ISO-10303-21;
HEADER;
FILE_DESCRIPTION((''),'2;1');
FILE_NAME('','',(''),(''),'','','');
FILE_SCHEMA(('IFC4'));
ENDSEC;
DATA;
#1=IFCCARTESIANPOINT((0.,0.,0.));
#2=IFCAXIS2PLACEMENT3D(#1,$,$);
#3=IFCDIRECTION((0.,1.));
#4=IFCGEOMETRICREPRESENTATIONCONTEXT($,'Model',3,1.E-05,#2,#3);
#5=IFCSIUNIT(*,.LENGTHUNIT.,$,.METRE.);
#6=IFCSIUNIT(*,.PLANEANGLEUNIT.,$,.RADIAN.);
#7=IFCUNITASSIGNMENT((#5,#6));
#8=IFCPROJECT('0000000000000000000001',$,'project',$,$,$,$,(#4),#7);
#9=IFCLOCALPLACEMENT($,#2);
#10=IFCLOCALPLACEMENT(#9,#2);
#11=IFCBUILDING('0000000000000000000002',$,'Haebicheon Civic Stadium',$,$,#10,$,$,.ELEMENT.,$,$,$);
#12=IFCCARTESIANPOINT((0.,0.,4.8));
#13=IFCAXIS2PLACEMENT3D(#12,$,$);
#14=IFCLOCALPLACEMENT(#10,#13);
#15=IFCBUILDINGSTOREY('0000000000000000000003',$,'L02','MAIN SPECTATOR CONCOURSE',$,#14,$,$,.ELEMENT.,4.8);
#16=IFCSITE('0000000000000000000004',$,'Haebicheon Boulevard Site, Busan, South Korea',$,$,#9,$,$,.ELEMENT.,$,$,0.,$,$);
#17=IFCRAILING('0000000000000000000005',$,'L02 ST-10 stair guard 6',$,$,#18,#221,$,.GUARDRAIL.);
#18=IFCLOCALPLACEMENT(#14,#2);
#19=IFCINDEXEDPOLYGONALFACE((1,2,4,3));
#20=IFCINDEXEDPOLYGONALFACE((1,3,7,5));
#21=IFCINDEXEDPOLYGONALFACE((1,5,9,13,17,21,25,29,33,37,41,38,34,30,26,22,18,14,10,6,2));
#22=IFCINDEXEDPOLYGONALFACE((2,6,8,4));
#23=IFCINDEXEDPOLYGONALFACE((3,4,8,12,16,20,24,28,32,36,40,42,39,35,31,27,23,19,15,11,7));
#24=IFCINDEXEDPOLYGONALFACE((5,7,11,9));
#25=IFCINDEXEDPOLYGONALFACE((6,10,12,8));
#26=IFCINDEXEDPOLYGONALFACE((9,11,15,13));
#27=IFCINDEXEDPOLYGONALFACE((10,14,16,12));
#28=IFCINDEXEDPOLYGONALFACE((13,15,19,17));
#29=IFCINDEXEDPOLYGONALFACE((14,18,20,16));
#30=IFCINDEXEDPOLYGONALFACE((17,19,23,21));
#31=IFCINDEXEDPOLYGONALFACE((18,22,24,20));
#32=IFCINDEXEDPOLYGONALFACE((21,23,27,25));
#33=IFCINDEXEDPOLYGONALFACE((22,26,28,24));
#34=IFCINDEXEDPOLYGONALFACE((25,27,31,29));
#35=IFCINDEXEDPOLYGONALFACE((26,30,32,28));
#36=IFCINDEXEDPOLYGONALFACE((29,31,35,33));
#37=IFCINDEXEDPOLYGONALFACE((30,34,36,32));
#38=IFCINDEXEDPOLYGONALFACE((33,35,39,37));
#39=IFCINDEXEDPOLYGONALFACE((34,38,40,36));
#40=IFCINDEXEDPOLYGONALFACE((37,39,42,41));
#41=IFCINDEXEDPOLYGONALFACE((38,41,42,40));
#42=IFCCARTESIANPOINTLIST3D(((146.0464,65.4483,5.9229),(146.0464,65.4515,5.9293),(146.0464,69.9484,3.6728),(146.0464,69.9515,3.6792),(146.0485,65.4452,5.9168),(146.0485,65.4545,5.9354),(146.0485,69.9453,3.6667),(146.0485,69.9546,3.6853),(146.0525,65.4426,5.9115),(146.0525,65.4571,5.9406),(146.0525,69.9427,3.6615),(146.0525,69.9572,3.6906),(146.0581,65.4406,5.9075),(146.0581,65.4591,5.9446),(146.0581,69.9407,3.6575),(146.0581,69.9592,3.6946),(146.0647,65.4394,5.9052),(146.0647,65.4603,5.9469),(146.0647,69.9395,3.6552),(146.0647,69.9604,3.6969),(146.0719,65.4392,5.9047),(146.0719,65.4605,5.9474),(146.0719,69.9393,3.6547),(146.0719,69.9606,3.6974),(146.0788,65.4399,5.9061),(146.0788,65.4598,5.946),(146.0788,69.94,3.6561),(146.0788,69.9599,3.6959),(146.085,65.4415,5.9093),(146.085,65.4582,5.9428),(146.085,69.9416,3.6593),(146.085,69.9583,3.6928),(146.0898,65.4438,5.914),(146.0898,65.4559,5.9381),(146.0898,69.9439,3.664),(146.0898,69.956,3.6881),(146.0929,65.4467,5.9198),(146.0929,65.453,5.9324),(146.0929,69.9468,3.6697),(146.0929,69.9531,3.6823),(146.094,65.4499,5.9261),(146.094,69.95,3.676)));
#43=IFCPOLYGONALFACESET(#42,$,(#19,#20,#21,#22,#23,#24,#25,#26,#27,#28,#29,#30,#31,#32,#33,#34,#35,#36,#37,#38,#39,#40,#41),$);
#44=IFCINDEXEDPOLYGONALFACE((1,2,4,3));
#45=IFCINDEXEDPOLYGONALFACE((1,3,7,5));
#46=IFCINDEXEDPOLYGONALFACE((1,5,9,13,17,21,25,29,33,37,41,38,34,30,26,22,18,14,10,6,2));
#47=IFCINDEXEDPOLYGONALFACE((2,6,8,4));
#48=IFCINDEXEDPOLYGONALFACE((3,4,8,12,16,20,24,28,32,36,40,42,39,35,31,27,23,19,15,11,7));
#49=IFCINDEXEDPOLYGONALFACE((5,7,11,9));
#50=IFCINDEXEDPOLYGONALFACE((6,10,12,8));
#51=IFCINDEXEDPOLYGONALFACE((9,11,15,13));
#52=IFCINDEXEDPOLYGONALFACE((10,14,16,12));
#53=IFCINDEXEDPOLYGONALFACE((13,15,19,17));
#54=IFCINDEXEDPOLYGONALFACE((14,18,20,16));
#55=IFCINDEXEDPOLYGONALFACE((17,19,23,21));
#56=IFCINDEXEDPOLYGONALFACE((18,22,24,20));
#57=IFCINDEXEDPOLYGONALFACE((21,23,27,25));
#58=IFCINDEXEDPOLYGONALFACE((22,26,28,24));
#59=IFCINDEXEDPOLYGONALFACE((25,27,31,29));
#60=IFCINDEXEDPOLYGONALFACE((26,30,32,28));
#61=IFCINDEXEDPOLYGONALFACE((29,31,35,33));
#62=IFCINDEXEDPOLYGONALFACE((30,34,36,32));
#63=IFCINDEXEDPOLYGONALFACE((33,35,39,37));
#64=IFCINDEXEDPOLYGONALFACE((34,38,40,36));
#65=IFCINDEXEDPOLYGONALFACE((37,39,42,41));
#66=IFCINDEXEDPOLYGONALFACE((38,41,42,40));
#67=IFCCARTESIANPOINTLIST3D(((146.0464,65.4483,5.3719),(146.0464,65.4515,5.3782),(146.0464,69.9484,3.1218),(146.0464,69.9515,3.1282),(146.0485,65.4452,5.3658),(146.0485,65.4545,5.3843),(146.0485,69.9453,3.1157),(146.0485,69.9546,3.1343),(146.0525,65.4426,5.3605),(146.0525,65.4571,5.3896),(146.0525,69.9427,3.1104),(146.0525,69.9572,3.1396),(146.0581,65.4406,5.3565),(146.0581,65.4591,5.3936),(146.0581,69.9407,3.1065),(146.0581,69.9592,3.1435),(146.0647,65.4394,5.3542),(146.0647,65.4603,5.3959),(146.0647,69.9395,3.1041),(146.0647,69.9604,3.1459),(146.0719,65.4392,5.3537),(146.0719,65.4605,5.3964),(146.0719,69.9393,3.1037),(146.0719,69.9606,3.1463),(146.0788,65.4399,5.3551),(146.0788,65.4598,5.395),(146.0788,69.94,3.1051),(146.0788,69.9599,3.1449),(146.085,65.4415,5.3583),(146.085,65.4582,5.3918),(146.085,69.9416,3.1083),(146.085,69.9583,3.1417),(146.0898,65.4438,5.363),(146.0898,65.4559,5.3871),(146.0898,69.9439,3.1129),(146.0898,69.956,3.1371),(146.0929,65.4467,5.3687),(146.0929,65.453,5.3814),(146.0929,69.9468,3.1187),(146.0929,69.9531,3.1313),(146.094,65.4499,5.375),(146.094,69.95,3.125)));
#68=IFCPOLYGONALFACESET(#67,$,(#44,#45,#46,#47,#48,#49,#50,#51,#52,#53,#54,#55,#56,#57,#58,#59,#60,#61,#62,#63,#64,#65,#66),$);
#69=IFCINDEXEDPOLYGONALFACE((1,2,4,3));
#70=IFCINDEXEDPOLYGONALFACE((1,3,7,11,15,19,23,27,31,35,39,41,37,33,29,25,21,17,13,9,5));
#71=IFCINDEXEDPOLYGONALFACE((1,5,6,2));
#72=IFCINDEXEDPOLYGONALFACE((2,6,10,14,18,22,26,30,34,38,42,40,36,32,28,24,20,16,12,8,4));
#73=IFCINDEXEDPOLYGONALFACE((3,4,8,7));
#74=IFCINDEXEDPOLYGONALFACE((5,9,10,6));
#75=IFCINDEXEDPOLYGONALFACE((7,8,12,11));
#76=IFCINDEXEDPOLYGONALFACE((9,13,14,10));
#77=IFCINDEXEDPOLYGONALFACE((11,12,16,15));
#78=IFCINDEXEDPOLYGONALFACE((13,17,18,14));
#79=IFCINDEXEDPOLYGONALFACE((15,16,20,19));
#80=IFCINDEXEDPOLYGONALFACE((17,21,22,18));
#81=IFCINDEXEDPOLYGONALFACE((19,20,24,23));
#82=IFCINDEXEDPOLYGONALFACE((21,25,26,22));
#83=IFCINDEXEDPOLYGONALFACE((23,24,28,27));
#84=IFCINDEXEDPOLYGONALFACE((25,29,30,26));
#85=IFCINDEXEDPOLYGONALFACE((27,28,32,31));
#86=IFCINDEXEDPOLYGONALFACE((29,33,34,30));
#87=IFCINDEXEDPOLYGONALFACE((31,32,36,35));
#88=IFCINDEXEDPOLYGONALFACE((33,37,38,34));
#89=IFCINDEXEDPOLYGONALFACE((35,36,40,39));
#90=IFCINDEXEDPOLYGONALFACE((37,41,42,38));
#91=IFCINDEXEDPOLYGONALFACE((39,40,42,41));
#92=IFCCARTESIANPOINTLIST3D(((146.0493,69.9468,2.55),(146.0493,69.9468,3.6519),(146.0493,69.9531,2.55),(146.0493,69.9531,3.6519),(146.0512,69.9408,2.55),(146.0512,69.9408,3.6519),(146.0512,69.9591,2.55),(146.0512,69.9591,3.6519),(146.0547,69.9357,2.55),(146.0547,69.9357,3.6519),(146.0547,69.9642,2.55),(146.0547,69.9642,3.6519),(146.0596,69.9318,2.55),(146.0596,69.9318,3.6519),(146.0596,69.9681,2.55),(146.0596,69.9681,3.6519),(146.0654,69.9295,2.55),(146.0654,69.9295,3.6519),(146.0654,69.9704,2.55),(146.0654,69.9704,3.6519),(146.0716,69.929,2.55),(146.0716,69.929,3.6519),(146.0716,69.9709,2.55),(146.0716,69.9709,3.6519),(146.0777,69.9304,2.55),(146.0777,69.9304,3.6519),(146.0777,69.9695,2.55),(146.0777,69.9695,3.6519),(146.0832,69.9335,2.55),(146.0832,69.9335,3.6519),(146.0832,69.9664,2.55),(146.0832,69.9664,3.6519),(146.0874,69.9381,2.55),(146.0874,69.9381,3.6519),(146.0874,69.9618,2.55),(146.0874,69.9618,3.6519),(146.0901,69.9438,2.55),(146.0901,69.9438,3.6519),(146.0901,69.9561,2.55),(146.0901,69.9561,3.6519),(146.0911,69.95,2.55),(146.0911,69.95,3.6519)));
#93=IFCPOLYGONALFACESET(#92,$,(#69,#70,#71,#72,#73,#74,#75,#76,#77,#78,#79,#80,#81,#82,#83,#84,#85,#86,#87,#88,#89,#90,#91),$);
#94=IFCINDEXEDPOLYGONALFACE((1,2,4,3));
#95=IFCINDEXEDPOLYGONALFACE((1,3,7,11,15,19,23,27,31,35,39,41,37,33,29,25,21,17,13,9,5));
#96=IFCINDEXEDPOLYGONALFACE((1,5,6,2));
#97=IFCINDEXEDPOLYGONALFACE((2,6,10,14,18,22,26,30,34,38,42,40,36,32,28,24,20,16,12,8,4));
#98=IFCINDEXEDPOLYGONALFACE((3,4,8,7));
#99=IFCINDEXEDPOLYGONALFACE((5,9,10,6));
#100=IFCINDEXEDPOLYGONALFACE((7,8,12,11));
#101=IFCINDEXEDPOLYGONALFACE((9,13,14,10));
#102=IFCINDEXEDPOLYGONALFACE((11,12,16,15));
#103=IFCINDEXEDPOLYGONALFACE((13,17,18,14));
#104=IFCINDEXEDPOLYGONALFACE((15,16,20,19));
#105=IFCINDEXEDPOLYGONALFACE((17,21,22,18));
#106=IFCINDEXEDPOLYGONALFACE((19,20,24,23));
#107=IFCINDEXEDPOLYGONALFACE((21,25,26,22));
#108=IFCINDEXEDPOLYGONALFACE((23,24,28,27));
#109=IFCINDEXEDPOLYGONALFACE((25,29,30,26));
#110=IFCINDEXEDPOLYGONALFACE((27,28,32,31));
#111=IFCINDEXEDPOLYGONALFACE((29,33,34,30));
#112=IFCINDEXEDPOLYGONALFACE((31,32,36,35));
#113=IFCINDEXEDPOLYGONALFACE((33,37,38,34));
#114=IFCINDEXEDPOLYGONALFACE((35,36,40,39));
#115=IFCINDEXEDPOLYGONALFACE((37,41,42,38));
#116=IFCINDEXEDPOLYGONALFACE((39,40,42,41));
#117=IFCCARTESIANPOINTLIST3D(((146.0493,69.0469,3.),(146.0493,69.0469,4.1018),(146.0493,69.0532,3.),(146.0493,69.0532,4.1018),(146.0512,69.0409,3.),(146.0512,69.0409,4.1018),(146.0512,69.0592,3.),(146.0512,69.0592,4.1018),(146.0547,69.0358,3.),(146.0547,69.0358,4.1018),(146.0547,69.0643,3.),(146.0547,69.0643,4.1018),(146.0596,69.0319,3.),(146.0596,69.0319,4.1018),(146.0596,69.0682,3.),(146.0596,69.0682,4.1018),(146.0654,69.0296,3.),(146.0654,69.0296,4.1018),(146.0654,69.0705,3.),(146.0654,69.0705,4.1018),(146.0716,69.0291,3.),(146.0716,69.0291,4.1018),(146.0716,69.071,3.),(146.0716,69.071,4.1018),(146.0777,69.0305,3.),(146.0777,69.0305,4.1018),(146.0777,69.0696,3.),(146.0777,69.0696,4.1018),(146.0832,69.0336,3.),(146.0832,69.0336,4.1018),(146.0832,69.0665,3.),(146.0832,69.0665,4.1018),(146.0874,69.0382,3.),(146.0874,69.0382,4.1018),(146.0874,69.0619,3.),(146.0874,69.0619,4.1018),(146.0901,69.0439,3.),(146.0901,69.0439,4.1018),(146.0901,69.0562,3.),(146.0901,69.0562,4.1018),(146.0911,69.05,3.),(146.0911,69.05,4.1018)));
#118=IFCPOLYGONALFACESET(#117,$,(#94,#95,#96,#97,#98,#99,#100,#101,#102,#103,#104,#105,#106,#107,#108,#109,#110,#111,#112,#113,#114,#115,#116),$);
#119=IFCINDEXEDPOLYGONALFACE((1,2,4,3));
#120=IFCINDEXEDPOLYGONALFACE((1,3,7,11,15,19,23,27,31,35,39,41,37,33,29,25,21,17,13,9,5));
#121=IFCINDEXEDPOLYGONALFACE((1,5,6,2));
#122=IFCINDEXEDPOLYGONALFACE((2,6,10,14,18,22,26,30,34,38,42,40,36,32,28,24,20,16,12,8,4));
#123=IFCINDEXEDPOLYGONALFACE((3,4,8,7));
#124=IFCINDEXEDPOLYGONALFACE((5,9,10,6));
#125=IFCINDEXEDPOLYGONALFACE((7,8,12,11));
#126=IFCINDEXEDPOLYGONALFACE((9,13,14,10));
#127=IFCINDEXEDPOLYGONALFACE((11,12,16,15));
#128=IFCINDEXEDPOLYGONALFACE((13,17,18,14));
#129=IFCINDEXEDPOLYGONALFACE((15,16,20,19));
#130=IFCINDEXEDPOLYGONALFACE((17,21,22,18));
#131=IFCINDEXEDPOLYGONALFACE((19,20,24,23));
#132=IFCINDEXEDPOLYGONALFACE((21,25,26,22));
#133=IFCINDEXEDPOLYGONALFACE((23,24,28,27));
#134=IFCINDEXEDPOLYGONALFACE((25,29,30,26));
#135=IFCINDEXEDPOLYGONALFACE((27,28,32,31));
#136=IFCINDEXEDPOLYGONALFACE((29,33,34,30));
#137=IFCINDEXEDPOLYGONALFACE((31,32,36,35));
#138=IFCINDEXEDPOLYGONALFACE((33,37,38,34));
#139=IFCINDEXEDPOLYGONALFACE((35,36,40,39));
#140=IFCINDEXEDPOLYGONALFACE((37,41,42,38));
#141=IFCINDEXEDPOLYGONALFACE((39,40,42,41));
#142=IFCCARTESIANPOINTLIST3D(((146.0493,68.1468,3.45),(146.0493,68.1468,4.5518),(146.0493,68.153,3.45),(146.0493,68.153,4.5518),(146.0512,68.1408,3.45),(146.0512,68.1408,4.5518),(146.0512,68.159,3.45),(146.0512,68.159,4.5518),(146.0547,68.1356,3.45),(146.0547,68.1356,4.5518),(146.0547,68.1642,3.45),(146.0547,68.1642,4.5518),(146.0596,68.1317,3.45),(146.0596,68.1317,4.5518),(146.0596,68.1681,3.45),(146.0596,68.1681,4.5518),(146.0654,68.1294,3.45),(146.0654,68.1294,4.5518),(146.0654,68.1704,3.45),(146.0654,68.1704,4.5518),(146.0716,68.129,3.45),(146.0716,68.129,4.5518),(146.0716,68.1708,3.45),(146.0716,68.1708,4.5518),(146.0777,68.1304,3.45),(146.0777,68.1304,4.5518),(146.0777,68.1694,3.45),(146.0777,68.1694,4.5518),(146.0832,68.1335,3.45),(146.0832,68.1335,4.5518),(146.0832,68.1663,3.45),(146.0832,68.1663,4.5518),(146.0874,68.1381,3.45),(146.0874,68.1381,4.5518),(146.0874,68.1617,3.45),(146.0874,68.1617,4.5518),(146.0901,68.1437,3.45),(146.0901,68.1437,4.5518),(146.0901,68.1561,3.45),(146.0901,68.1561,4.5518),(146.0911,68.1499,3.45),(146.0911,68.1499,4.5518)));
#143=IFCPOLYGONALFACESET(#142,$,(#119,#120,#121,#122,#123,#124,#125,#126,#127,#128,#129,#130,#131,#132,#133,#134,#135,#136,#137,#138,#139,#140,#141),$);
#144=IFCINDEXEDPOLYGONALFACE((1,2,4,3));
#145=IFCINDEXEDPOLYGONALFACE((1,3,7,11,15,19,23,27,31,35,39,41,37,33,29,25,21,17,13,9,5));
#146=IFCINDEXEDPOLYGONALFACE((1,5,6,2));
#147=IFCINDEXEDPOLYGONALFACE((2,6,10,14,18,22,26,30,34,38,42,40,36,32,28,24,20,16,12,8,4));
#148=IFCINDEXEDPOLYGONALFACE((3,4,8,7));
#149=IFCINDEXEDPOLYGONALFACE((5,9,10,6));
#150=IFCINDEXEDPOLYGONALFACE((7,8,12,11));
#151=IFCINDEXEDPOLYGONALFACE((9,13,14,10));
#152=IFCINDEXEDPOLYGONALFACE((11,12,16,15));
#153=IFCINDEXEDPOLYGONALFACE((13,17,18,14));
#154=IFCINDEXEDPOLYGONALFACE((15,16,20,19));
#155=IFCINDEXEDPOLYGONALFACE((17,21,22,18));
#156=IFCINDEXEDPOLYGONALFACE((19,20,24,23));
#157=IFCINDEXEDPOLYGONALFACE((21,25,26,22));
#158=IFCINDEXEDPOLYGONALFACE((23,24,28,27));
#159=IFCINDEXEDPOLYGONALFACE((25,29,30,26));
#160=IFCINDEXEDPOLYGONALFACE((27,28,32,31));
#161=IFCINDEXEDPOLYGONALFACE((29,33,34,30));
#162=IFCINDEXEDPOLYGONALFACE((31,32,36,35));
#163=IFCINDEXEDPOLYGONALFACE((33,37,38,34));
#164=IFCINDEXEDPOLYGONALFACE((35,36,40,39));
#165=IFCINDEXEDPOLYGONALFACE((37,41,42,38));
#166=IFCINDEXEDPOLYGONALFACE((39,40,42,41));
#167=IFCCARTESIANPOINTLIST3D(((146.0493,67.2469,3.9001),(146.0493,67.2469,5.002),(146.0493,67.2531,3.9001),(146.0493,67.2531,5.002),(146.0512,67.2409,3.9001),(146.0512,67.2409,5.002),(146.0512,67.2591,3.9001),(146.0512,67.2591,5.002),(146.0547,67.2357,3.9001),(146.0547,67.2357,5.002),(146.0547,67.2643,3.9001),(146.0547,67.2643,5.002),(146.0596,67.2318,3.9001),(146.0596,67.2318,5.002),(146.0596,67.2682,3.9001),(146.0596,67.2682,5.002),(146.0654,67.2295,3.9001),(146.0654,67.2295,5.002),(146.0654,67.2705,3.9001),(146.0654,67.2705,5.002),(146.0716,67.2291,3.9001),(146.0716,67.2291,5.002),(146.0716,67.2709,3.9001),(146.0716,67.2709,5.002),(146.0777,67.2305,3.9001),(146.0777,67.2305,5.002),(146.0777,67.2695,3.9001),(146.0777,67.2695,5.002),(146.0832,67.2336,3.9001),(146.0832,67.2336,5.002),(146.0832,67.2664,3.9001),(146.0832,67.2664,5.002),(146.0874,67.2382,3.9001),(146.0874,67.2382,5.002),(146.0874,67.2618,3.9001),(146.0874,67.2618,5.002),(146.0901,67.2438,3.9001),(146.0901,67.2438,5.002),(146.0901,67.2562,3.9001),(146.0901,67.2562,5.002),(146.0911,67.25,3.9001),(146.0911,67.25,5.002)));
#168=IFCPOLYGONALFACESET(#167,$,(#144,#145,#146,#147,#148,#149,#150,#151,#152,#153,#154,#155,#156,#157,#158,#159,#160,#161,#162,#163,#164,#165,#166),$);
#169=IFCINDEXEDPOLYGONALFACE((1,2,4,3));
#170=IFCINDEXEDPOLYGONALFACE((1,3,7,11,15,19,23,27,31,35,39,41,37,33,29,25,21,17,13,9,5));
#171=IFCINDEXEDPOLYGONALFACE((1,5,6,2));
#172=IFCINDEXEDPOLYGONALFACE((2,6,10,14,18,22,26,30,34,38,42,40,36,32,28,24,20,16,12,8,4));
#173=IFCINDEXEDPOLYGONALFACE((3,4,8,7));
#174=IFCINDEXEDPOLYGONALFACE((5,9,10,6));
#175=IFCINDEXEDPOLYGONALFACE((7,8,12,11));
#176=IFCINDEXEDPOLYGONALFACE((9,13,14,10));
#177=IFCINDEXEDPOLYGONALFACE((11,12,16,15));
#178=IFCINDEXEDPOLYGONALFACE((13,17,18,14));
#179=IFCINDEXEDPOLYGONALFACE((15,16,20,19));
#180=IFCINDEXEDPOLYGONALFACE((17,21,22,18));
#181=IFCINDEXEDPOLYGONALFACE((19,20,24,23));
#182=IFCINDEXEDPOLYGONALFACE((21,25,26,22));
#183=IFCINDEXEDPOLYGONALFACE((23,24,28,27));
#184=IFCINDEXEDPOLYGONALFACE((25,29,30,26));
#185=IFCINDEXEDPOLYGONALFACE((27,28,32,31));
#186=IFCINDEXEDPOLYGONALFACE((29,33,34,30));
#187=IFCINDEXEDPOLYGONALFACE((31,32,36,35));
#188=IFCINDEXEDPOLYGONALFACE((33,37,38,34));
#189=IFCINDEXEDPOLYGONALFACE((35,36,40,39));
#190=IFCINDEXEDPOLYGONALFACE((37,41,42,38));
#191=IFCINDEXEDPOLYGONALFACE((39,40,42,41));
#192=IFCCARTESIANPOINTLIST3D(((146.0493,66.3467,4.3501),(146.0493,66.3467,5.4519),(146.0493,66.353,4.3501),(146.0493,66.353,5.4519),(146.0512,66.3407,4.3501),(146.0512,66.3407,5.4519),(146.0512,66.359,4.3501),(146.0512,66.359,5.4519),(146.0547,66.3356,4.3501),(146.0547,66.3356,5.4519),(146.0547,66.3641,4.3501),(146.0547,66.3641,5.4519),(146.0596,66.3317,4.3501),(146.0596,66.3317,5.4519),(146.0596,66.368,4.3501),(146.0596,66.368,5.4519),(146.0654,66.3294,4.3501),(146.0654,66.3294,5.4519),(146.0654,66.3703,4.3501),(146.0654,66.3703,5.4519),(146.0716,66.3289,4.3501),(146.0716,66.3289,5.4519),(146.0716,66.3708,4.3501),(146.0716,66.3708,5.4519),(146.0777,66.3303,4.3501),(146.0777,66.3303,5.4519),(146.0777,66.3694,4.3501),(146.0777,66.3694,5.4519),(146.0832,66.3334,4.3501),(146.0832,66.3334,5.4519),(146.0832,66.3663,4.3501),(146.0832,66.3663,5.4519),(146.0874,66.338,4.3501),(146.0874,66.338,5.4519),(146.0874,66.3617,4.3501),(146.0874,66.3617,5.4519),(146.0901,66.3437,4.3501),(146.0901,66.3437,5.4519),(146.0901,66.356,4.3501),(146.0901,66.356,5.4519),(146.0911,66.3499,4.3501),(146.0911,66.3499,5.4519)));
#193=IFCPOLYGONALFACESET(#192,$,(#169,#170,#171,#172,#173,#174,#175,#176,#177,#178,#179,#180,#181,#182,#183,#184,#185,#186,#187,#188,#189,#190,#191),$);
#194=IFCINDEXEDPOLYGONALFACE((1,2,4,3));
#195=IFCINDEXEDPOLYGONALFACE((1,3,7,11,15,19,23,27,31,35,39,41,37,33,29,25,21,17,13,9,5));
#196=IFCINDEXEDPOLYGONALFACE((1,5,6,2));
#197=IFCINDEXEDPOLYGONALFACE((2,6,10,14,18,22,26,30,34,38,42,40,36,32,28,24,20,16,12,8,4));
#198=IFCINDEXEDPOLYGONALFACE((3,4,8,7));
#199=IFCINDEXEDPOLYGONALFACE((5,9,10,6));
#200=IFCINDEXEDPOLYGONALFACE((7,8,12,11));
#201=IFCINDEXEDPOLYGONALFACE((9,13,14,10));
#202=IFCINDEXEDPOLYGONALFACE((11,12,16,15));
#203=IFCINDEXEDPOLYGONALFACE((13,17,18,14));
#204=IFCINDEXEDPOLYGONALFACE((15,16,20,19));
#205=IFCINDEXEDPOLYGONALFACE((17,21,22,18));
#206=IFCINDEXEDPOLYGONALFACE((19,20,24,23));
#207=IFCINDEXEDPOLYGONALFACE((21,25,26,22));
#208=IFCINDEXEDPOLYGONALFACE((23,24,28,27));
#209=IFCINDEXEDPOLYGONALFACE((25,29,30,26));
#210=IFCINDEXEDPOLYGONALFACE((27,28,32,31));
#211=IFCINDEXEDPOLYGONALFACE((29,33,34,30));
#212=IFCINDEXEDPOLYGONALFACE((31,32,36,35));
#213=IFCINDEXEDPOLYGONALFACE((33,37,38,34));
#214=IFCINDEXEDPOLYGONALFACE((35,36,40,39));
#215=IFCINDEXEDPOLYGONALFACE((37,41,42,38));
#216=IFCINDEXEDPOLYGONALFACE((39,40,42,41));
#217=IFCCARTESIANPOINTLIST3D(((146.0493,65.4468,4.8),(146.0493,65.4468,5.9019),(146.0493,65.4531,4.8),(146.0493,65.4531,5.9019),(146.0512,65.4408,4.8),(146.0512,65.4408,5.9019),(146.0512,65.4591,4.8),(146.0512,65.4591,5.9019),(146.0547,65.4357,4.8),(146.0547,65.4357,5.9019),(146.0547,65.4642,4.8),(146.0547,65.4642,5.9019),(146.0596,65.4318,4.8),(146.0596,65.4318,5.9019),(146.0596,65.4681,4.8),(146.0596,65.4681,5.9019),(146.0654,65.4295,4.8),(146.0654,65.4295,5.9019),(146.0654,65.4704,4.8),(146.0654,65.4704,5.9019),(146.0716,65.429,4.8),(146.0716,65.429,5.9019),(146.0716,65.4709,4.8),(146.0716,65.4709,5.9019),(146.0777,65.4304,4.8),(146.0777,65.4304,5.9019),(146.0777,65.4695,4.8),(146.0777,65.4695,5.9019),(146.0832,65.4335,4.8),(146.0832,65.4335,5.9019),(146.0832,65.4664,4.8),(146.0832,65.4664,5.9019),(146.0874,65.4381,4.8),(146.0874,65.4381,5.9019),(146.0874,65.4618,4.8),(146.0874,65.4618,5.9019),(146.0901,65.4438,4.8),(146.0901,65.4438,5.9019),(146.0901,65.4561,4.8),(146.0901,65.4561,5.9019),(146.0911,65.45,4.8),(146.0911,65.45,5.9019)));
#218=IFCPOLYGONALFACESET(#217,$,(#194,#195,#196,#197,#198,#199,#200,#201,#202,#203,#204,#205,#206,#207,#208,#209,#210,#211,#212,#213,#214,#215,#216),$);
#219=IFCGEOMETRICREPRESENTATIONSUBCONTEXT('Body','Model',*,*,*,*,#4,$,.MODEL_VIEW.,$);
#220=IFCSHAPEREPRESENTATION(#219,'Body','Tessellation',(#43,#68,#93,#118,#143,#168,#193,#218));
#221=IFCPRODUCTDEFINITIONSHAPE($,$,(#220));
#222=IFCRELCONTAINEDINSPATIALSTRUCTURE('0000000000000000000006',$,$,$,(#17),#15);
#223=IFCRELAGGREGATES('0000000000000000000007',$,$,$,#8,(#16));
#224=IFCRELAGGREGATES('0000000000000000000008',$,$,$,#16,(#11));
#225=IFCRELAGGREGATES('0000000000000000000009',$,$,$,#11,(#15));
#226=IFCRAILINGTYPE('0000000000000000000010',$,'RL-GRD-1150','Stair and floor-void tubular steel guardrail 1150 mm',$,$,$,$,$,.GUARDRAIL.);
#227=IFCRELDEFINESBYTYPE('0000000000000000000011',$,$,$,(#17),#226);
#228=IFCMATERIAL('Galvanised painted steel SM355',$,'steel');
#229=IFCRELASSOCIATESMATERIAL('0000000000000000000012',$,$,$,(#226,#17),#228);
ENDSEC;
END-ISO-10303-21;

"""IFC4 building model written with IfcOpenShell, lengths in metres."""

from ifc_helpers import new_model, si_unit, direction, frame, origin, origin_2d, place, context, subcontext, project, spatial, circle, extrude, material, type_object, element, save


model = new_model("IFC4")

# Units and contexts
model_context = context("Model", 3, precision=1e-05, world=origin(), true_north=direction((0.0, 1.0)))
body_context = subcontext(model_context, "Body", "Model", "MODEL_VIEW")
ifc_project = project(units=[si_unit("LENGTHUNIT", "METRE"), si_unit("PLANEANGLEUNIT", "RADIAN")], contexts=[model_context])

# Site, building, storey
site_placement = place(None, origin())
site = spatial("IfcSite", under=ifc_project, at=site_placement, Name="Haebicheon Boulevard Site, Busan, South Korea", CompositionType="ELEMENT", RefElevation=0.0)
building_placement = place(site_placement, origin())
building = spatial("IfcBuilding", under=site, at=building_placement, Name="Haebicheon Civic Stadium", CompositionType="ELEMENT")
storey_placement = place(building_placement, frame((0.0, 0.0, 4.8)))
storey = spatial("IfcBuildingStorey", under=building, at=storey_placement, Name="L02", Description="MAIN SPECTATOR CONCOURSE", CompositionType="ELEMENT", Elevation=4.8)

# Railing
ifc_material_1 = material(Name="Galvanised painted steel SM355", Category="steel")
railing_type_1 = type_object("IfcRailingType", Name="RL-GRD-1150", Description="Stair and floor-void tubular steel guardrail 1150 mm", PredefinedType="GUARDRAIL", material=ifc_material_1)
railing_1_placement = place(storey_placement, frame((146.0701, 69.95, 2.55)))
element("IfcRailing", 1, at=railing_1_placement, inside=storey, type_object=railing_type_1, material=ifc_material_1, Name="L02 ST-10 stair guard 6", PredefinedType="GUARDRAIL", context=body_context, shape_type="SweptSolid", body=[
    extrude(circle(Radius=0.0239, at=origin_2d()), frame((0.0, 0.0, 1.126), z_axis=(0.0, -0.894427, 0.447214), x_axis=(1.0, 0.0, 0.0)), (0.0, 0.0, 1.0), 5.0312),
    extrude(circle(Radius=0.0239, at=origin_2d()), frame((0.0, 0.0, 0.575), z_axis=(0.0, -0.894427, 0.447214), x_axis=(1.0, 0.0, 0.0)), (0.0, 0.0, 1.0), 5.0312),
    extrude(circle(Radius=0.021, at=origin_2d()), origin(), (0.0, 0.0, 1.0), 1.1018),
    extrude(circle(Radius=0.021, at=origin_2d()), frame((0.0, -0.8999, 0.45)), (0.0, 0.0, 1.0), 1.1018),
    extrude(circle(Radius=0.021, at=origin_2d()), frame((0.0, -1.8, 0.8999)), (0.0, 0.0, 1.0), 1.1018),
    extrude(circle(Radius=0.021, at=origin_2d()), frame((0.0, -2.7, 1.3501)), (0.0, 0.0, 1.0), 1.1018),
    extrude(circle(Radius=0.021, at=origin_2d()), frame((0.0, -3.6001, 1.8)), (0.0, 0.0, 1.0), 1.1018),
    extrude(circle(Radius=0.021, at=origin_2d()), frame((0.0, -4.5, 2.25)), (0.0, 0.0, 1.0), 1.1018),
])

save(model, "model.ifc")
